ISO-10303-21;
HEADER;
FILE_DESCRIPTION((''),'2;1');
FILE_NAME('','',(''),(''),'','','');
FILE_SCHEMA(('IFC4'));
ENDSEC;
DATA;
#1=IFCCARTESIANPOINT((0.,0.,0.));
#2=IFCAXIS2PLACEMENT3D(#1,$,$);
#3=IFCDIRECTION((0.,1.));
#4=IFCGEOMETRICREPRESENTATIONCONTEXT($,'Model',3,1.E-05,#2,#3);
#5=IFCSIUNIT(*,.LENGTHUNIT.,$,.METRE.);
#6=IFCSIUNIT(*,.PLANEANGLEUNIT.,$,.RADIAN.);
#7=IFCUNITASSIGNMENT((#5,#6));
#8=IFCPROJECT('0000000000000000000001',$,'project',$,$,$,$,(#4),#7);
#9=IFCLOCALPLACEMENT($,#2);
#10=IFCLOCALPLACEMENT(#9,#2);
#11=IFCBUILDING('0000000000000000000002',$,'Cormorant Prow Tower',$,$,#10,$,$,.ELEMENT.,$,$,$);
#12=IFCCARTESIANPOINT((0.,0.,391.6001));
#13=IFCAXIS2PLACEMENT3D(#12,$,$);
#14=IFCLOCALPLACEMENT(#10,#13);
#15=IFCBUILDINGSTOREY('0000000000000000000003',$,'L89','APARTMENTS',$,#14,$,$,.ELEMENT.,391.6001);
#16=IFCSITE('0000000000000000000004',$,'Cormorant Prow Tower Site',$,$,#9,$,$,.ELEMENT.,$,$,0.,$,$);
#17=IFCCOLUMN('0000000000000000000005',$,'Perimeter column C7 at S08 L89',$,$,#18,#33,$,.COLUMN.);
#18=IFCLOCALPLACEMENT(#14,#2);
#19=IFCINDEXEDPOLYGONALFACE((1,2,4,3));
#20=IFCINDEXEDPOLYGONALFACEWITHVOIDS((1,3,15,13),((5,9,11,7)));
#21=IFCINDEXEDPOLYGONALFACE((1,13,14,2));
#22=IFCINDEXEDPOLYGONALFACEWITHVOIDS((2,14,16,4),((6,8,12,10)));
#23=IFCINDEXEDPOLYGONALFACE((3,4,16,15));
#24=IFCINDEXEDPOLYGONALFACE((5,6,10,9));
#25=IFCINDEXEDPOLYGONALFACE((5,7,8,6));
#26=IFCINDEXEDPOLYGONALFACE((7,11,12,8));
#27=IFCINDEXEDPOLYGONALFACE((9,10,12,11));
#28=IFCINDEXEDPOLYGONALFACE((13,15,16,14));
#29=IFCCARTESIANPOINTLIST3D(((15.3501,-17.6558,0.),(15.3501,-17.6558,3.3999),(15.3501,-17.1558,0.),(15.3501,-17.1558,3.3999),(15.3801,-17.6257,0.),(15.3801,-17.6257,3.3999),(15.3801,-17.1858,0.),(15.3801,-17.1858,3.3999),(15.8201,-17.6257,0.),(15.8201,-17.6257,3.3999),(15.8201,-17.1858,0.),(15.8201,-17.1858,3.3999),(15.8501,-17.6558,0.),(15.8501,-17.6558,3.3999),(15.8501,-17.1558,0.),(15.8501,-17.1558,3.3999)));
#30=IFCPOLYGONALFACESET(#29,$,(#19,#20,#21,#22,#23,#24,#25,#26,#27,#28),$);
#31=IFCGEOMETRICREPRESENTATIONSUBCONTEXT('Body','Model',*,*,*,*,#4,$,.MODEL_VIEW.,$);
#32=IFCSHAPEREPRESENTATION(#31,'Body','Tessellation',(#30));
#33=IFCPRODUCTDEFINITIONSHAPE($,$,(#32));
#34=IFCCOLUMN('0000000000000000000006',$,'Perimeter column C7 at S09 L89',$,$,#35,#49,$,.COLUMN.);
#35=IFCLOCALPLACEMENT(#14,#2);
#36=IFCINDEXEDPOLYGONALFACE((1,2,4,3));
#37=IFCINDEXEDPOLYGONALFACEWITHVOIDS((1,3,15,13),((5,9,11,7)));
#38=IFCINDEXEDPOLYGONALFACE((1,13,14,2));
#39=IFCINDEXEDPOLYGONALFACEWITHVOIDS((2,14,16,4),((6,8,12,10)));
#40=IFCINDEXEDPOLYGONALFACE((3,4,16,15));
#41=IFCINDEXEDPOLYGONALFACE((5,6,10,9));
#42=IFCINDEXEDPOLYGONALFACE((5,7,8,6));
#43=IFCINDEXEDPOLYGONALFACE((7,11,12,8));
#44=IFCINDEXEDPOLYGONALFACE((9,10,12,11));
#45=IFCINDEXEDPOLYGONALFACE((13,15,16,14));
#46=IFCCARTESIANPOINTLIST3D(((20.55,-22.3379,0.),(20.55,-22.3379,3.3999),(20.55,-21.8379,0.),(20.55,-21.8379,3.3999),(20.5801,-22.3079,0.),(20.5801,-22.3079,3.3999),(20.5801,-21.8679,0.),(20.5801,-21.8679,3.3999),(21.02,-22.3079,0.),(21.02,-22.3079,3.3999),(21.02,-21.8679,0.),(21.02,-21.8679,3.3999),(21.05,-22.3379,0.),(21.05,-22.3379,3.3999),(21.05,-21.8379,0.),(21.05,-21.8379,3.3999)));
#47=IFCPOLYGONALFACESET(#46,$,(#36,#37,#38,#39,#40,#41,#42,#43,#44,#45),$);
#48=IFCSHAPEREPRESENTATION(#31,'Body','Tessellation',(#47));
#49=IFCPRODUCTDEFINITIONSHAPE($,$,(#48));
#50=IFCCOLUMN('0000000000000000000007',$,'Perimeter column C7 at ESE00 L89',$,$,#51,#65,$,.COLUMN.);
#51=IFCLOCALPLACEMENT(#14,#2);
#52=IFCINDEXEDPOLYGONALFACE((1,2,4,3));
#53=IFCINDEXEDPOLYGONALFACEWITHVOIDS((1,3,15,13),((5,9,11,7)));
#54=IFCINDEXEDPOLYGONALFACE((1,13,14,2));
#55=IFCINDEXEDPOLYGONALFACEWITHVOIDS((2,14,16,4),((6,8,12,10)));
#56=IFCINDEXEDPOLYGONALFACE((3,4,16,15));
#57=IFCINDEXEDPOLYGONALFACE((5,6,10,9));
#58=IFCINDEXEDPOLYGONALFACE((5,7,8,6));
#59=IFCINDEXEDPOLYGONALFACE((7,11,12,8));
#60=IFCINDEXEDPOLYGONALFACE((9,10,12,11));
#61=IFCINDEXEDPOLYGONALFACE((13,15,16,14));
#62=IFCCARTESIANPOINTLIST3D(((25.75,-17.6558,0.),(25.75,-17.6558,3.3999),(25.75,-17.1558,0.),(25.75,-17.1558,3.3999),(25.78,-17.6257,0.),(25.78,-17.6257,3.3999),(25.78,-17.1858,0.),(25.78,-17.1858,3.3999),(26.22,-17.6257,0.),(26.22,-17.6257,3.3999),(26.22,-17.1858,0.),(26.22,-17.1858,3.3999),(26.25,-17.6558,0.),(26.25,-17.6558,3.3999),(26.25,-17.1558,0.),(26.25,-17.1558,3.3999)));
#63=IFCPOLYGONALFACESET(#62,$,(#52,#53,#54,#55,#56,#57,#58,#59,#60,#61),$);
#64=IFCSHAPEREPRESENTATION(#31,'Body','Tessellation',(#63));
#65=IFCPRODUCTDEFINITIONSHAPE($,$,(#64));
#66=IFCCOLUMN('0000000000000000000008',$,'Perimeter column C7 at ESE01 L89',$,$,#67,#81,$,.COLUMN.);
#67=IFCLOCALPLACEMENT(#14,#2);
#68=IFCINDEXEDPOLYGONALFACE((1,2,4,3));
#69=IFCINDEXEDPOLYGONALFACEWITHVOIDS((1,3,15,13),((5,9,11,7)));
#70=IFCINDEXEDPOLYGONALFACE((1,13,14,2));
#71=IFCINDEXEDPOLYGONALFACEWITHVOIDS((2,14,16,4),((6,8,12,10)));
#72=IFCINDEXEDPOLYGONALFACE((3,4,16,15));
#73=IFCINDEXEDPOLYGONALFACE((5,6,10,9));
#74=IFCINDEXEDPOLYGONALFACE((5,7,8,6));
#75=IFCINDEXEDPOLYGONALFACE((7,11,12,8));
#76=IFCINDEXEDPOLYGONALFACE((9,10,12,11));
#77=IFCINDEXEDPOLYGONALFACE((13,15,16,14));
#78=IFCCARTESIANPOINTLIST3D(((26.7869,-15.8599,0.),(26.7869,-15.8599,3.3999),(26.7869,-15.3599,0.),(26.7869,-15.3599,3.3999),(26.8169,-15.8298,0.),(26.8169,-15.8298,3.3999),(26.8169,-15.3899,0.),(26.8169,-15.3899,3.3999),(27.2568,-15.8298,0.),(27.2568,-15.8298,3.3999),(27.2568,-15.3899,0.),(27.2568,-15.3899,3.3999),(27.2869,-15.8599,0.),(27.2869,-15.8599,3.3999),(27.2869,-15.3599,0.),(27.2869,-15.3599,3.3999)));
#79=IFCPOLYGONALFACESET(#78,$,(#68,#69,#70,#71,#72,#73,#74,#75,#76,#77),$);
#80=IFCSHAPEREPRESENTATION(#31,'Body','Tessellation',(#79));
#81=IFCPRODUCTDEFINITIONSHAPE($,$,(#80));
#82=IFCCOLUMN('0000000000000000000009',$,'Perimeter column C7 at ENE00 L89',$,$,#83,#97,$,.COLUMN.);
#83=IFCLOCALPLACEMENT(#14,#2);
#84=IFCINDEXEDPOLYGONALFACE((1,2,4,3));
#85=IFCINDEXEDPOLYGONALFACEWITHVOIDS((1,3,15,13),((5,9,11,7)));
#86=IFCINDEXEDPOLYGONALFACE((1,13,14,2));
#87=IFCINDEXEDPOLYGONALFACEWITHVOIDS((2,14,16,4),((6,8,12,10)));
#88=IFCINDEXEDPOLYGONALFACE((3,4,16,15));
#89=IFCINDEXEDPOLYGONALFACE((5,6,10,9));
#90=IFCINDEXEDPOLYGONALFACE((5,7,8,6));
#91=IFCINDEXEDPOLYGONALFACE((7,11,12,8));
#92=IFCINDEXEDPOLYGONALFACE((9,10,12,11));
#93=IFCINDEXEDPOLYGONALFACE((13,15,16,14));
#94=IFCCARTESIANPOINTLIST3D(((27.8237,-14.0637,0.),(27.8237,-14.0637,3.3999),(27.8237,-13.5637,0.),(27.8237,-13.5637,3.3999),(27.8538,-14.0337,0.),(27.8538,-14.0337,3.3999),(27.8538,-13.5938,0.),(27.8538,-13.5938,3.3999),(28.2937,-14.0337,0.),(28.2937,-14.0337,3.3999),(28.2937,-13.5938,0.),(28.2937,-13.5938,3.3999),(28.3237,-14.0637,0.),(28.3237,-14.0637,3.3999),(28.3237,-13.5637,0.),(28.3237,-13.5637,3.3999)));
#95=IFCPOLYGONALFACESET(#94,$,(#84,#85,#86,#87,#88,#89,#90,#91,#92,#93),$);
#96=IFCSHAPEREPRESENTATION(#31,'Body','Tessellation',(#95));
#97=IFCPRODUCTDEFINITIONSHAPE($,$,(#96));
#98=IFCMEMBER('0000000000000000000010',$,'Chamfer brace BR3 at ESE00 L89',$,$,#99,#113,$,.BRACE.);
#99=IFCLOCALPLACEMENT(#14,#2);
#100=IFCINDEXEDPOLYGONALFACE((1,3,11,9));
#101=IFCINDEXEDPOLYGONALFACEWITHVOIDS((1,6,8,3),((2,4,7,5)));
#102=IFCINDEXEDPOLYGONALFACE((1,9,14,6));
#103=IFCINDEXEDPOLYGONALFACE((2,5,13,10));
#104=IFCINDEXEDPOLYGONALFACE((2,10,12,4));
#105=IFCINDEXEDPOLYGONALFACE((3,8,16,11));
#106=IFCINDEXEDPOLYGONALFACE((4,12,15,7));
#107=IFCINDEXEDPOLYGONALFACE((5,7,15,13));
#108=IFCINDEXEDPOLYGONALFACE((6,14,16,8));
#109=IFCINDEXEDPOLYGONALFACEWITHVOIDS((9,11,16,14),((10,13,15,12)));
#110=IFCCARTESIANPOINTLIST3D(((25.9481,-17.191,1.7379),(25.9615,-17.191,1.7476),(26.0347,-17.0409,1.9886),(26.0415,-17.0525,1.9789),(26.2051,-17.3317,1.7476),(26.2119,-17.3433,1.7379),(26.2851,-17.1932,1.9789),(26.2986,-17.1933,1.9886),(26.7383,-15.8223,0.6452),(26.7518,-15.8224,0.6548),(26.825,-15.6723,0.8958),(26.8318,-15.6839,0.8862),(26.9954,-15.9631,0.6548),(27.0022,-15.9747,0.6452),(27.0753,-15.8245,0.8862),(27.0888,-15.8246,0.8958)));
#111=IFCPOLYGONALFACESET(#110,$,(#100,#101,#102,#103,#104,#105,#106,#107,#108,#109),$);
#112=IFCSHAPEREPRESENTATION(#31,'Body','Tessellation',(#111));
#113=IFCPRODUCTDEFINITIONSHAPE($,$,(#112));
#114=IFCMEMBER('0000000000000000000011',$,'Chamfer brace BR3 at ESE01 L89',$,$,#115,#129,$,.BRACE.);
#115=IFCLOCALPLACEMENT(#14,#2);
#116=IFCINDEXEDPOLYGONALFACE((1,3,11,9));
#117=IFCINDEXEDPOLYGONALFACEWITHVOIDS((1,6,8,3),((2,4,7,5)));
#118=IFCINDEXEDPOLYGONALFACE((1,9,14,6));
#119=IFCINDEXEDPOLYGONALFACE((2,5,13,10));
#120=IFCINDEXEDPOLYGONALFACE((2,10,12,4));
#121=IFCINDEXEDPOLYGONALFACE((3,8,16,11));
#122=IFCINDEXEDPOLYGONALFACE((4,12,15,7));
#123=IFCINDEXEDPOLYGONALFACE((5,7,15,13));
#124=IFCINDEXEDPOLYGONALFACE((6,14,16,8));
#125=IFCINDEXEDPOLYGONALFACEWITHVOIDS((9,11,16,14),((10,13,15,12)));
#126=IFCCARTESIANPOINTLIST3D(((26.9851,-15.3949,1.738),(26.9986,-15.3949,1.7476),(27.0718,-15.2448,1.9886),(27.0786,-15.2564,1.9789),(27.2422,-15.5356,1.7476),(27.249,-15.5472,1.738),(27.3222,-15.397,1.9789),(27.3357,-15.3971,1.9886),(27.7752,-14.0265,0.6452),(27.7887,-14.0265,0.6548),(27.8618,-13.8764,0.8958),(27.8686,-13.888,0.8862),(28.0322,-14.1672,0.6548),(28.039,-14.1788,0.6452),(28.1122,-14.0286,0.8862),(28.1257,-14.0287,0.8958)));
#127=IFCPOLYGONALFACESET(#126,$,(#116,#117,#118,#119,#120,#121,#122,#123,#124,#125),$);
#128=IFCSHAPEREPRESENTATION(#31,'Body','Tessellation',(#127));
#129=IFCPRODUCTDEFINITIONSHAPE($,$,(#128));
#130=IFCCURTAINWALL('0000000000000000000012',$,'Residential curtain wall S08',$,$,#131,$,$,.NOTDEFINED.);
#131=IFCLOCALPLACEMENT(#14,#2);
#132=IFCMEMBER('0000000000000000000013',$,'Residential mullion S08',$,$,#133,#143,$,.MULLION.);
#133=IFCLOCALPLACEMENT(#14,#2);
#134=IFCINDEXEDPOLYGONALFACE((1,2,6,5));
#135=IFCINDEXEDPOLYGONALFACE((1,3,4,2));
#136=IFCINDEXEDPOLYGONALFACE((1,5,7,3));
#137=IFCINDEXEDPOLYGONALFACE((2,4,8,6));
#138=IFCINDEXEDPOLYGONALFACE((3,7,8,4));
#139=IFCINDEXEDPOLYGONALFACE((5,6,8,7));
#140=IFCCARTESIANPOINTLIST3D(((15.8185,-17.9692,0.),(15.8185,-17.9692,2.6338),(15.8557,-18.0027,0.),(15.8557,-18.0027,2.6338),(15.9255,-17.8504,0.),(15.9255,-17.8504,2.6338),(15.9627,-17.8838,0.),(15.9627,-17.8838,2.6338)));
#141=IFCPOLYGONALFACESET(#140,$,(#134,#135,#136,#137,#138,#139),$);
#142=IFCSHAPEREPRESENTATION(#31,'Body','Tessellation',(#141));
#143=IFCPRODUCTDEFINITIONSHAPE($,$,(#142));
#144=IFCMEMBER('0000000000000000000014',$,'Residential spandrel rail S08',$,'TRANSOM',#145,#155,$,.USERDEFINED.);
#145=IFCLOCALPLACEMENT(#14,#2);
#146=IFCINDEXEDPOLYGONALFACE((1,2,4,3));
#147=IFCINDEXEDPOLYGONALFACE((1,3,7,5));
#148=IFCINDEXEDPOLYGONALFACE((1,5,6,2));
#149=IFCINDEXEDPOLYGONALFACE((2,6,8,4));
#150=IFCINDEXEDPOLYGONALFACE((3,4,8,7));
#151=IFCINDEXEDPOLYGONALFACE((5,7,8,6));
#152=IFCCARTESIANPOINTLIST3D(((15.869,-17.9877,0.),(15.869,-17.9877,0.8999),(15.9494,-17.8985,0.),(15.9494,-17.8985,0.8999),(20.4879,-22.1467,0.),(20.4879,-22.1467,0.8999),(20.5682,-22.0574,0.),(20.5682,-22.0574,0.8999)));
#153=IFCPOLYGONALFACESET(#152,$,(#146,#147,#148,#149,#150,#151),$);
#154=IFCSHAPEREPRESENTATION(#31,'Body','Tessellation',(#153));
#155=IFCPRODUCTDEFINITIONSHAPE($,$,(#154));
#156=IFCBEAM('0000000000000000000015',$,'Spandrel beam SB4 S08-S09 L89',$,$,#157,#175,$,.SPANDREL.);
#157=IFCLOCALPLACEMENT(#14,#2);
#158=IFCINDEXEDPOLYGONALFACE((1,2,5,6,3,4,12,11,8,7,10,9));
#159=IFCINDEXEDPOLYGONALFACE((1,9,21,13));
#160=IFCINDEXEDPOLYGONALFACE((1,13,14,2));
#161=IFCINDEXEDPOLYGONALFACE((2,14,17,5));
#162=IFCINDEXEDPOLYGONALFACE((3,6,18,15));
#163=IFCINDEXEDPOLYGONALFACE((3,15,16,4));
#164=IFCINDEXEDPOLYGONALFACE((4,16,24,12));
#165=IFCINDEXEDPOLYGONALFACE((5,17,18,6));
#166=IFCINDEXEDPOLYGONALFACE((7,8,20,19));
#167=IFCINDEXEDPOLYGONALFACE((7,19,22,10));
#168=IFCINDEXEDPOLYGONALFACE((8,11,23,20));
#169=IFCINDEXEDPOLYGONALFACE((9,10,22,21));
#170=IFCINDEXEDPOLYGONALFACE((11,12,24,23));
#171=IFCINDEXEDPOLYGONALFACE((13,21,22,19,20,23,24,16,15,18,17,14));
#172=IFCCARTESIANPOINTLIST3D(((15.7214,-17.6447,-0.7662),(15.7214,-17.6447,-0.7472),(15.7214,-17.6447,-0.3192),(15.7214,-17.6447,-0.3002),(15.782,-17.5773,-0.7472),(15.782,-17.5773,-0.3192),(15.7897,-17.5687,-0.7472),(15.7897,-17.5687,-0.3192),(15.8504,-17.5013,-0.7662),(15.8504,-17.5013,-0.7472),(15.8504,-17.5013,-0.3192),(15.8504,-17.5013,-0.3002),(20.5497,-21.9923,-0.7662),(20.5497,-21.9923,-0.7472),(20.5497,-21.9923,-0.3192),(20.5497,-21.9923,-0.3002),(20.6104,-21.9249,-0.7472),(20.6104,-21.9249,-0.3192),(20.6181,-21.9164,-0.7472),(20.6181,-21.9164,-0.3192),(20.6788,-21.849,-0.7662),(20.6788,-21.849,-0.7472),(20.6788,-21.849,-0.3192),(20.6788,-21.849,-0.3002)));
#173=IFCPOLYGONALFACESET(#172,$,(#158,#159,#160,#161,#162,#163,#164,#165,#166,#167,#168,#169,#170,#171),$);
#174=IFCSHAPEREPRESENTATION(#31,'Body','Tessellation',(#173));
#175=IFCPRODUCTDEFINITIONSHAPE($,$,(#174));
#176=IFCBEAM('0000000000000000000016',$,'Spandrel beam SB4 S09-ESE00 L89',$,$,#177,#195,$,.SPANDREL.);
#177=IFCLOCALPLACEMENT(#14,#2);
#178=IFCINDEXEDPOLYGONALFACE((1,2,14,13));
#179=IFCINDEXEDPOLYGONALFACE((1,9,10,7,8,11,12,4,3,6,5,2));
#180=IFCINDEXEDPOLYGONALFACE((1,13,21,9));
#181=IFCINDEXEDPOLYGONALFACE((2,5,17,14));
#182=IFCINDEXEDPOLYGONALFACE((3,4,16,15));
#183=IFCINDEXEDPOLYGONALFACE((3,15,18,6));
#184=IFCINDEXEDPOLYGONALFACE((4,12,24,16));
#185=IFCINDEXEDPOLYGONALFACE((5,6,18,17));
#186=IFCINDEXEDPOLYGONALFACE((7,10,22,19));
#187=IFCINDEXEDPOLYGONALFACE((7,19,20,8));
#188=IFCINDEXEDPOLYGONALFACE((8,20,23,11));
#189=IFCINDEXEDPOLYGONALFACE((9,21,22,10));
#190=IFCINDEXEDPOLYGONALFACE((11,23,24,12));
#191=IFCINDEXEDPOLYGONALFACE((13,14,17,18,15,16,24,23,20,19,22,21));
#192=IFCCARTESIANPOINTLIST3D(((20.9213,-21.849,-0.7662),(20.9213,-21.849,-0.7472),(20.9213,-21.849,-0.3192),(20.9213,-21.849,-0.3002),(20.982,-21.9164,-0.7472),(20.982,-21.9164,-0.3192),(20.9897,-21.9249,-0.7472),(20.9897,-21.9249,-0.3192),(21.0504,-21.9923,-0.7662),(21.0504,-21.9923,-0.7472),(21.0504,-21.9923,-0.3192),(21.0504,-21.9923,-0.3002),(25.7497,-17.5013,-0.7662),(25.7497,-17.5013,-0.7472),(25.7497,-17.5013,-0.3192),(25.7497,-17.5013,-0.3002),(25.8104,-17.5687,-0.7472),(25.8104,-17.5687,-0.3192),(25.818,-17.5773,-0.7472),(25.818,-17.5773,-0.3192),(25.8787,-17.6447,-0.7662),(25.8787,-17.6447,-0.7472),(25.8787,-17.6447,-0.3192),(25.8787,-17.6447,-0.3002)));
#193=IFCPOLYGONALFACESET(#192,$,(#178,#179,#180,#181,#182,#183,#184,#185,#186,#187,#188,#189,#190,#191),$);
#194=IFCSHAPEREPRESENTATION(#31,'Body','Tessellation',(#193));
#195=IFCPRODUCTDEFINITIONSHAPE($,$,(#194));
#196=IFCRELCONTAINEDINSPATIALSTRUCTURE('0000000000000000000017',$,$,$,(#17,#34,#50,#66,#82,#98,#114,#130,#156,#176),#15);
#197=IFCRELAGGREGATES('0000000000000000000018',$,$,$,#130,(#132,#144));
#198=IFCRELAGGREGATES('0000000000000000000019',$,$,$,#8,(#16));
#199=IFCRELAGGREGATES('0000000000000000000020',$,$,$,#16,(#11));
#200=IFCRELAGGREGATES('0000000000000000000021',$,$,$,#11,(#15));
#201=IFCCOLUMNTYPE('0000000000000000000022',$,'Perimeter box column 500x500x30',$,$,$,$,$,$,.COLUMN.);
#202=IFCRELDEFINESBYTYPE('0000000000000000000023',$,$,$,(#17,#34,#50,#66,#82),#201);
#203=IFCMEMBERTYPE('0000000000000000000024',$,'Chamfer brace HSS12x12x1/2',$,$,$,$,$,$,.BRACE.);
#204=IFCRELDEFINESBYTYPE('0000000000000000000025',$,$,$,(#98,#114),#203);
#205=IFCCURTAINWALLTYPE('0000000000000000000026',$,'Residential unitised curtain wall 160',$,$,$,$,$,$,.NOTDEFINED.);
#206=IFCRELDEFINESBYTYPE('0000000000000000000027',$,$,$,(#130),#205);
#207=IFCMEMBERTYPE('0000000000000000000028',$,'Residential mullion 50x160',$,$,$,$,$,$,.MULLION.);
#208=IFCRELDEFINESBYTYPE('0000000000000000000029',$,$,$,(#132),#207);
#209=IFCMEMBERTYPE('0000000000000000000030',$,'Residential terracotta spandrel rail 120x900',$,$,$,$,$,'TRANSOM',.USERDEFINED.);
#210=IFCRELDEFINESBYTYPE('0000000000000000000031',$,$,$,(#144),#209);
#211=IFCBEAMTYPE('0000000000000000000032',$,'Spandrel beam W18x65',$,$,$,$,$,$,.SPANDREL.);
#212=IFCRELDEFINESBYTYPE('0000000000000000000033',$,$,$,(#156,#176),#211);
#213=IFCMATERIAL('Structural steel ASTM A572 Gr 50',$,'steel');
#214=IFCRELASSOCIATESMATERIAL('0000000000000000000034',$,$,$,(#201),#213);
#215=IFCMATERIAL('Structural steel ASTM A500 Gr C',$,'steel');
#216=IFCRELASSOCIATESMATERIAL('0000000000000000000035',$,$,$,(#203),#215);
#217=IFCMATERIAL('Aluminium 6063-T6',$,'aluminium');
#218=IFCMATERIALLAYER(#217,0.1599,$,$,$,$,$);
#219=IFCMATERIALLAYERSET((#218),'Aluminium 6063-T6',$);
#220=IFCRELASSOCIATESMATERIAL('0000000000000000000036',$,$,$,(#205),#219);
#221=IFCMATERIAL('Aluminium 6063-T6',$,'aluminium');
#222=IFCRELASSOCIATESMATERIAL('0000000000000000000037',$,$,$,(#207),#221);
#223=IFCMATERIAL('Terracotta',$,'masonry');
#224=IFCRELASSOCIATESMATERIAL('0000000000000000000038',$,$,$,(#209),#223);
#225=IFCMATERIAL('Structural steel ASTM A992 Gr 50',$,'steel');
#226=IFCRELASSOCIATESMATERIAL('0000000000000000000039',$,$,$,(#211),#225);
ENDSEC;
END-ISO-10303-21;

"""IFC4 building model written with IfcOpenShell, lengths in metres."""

from ifc_helpers import new_model, si_unit, direction, frame, origin, origin_2d, place, context, subcontext, project, spatial, rectangle, hollow_rectangle, i_section, extrude, material, layer, layer_set, material_profile, profile_set, type_object, element, aggregate, save


model = new_model("IFC4")

# Units and contexts
model_context = context("Model", 3, precision=1e-05, world=origin(), true_north=direction((0.0, 1.0)))
body_context = subcontext(model_context, "Body", "Model", "MODEL_VIEW")
ifc_project = project(units=[si_unit("LENGTHUNIT", "METRE"), si_unit("PLANEANGLEUNIT", "RADIAN")], contexts=[model_context])

# Site, building, storey
site_placement = place(None, origin())
site = spatial("IfcSite", under=ifc_project, at=site_placement, Name="Cormorant Prow Tower Site", CompositionType="ELEMENT", RefElevation=0.0)
building_placement = place(site_placement, origin())
building = spatial("IfcBuilding", under=site, at=building_placement, Name="Cormorant Prow Tower", CompositionType="ELEMENT")
storey_placement = place(building_placement, frame((0.0, 0.0, 391.6001)))
storey = spatial("IfcBuildingStorey", under=building, at=storey_placement, Name="L89", Description="APARTMENTS", CompositionType="ELEMENT", Elevation=391.6001)

# Columns
ifc_material_1 = material(Name="Structural steel ASTM A572 Gr 50", Category="steel")
ifc_material_profile_1 = material_profile(ifc_material_1, hollow_rectangle(XDim=0.5, YDim=0.5, WallThickness=0.03, at=origin_2d()), Name="Box 500x500x30")
ifc_profile_set_1 = profile_set([ifc_material_profile_1], Name="Structural steel ASTM A572 Gr 50")
column_type = type_object("IfcColumnType", Name="Perimeter box column 500x500x30", PredefinedType="COLUMN", material=ifc_profile_set_1)
for number, where, z_axis, x_axis, name in (
    (1, (15.6001, -17.4058, 0.0), (0.0, 0.0, 1.0), (1.0, 0.0, 0.0), "Perimeter column C7 at S08 L89"),
    (2, (20.8, -22.0879, 0.0), (0.0, 0.0, 1.0), (1.0, 0.0, 0.0), "Perimeter column C7 at S09 L89"),
    (3, (26.0, -17.4058, 0.0), (0.0, 0.0, 1.0), (1.0, 0.0, 0.0), "Perimeter column C7 at ESE00 L89"),
    (4, (27.0369, -15.6099, 0.0), (0.0, 0.0, 1.0), (1.0, 0.0, 0.0), "Perimeter column C7 at ESE01 L89"),
    (5, (28.0737, -13.8137, 0.0), (0.0, 0.0, 1.0), (1.0, 0.0, 0.0), "Perimeter column C7 at ENE00 L89"),
):
    element("IfcColumn", number, at=place(storey_placement, frame(where, z_axis=z_axis, x_axis=x_axis)), inside=storey, type_object=column_type, Name=name, PredefinedType="COLUMN", context=body_context, shape_type="SweptSolid", body=[
        extrude(hollow_rectangle(XDim=0.5, YDim=0.5, WallThickness=0.03, at=origin_2d()), origin(), (0.0, 0.0, 1.0), 3.3999),
    ])

# Members
ifc_material_2 = material(Name="Structural steel ASTM A500 Gr C", Category="steel")
ifc_material_profile_2 = material_profile(ifc_material_2, hollow_rectangle(XDim=0.3047, YDim=0.3047, WallThickness=0.0117, at=origin_2d()), Name="HSS12x12x1/2")
ifc_profile_set_2 = profile_set([ifc_material_profile_2], Name="Structural steel ASTM A500 Gr C")
member_type_1 = type_object("IfcMemberType", Name="Chamfer brace HSS12x12x1/2", PredefinedType="BRACE", material=ifc_profile_set_2)
member_1_placement = place(storey_placement, frame((26.9136, -15.8235, 0.7705), z_axis=(-0.411299, -0.712308, 0.568728), x_axis=(0.866, -0.500043, 0.0)))
element("IfcMember", 6, at=member_1_placement, inside=storey, type_object=member_type_1, Name="Chamfer brace BR3 at ESE00 L89", PredefinedType="BRACE", context=body_context, shape_type="SweptSolid", body=[
    extrude(hollow_rectangle(XDim=0.3047, YDim=0.3047, WallThickness=0.0117, at=origin_2d()), origin(), (0.0, 0.0, 1.0), 1.9214),
])
member_2_placement = place(storey_placement, frame((27.9504, -14.0276, 0.7705), z_axis=(-0.41123, -0.712282, 0.568809), x_axis=(0.866029, -0.499994, 0.0)))
element("IfcMember", 7, at=member_2_placement, inside=storey, type_object=member_type_1, Name="Chamfer brace BR3 at ESE01 L89", PredefinedType="BRACE", context=body_context, shape_type="SweptSolid", body=[
    extrude(hollow_rectangle(XDim=0.3047, YDim=0.3047, WallThickness=0.0117, at=origin_2d()), origin(), (0.0, 0.0, 1.0), 1.9211),
])

# Curtain wall, members
ifc_material_3 = material(Name="Aluminium 6063-T6", Category="aluminium")
ifc_layer_1 = layer(ifc_material_3, 0.1599)
ifc_layer_set_1 = layer_set([ifc_layer_1], Name="Aluminium 6063-T6")
curtain_wall_type = type_object("IfcCurtainWallType", Name="Residential unitised curtain wall 160", PredefinedType="NOTDEFINED", material=ifc_layer_set_1)
curtain_wall_placement = place(storey_placement, origin())
curtain_wall = element("IfcCurtainWall", 8, at=curtain_wall_placement, inside=storey, type_object=curtain_wall_type, Name="Residential curtain wall S08", PredefinedType="NOTDEFINED")
ifc_material_4 = material(Name="Aluminium 6063-T6", Category="aluminium")
ifc_material_profile_3 = material_profile(ifc_material_4, rectangle(XDim=0.1599, YDim=0.05, at=origin_2d()), Name="Residential mullion 50x160")
ifc_profile_set_3 = profile_set([ifc_material_profile_3], Name="Aluminium 6063-T6")
member_type_2 = type_object("IfcMemberType", Name="Residential mullion 50x160", PredefinedType="MULLION", material=ifc_profile_set_3)
member_3_placement = place(storey_placement, frame((15.8906, -17.9265, 0.0), z_axis=(0.0, 0.0, 1.0), x_axis=(0.669131, 0.743145, 0.0)))
member_3 = element("IfcMember", 9, at=member_3_placement, type_object=member_type_2, Name="Residential mullion S08", PredefinedType="MULLION", context=body_context, shape_type="SweptSolid", body=[
    extrude(rectangle(XDim=0.1599, YDim=0.05, at=origin_2d()), origin(), (0.0, 0.0, 1.0), 2.6338),
])
ifc_material_5 = material(Name="Terracotta", Category="masonry")
ifc_material_profile_4 = material_profile(ifc_material_5, rectangle(XDim=0.1201, YDim=0.8999, at=origin_2d()), Name="Residential terracotta spandrel rail 120x900")
ifc_profile_set_4 = profile_set([ifc_material_profile_4], Name="Terracotta")
member_type_3 = type_object("IfcMemberType", Name="Residential terracotta spandrel rail 120x900", ElementType="TRANSOM", PredefinedType="USERDEFINED", material=ifc_profile_set_4)
member_4_placement = place(storey_placement, frame((15.9092, -17.9431, 0.45), z_axis=(0.74314, -0.669136, 0.0), x_axis=(0.669136, 0.74314, 0.0)))
member_4 = element("IfcMember", 10, at=member_4_placement, type_object=member_type_3, Name="Residential spandrel rail S08", ObjectType="TRANSOM", PredefinedType="USERDEFINED", context=body_context, shape_type="SweptSolid", body=[
    extrude(rectangle(XDim=0.1201, YDim=0.8999, at=origin_2d()), origin(), (0.0, 0.0, 1.0), 6.2153),
])

# Beams
ifc_material_6 = material(Name="Structural steel ASTM A992 Gr 50", Category="steel")
ifc_material_profile_5 = material_profile(ifc_material_6, i_section(OverallWidth=0.1929, OverallDepth=0.4661, WebThickness=0.0115, FlangeThickness=0.019, at=origin_2d()), Name="W18x65")
ifc_profile_set_5 = profile_set([ifc_material_profile_5], Name="Structural steel ASTM A992 Gr 50")
beam_type = type_object("IfcBeamType", Name="Spandrel beam W18x65", PredefinedType="SPANDREL", material=ifc_profile_set_5)
for number, where, z_axis, x_axis, name in (
    (11, (15.7859, -17.573, -0.5332), (0.743132, -0.669145, 0.0), (0.669145, 0.743132, 0.0), "Spandrel beam SB4 S08-S09 L89"),
    (12, (20.9858, -21.9207, -0.5332), (0.743132, 0.669145, 0.0), (-0.669145, 0.743132, 0.0), "Spandrel beam SB4 S09-ESE00 L89"),
):
    element("IfcBeam", number, at=place(storey_placement, frame(where, z_axis=z_axis, x_axis=x_axis)), inside=storey, type_object=beam_type, Name=name, PredefinedType="SPANDREL", context=body_context, shape_type="SweptSolid", body=[
        extrude(i_section(OverallWidth=0.1929, OverallDepth=0.4661, WebThickness=0.0115, FlangeThickness=0.019, at=origin_2d()), origin(), (0.0, 0.0, 1.0), 6.4973),
    ])

aggregate(curtain_wall, [member_3, member_4])

save(model, "model.ifc")
